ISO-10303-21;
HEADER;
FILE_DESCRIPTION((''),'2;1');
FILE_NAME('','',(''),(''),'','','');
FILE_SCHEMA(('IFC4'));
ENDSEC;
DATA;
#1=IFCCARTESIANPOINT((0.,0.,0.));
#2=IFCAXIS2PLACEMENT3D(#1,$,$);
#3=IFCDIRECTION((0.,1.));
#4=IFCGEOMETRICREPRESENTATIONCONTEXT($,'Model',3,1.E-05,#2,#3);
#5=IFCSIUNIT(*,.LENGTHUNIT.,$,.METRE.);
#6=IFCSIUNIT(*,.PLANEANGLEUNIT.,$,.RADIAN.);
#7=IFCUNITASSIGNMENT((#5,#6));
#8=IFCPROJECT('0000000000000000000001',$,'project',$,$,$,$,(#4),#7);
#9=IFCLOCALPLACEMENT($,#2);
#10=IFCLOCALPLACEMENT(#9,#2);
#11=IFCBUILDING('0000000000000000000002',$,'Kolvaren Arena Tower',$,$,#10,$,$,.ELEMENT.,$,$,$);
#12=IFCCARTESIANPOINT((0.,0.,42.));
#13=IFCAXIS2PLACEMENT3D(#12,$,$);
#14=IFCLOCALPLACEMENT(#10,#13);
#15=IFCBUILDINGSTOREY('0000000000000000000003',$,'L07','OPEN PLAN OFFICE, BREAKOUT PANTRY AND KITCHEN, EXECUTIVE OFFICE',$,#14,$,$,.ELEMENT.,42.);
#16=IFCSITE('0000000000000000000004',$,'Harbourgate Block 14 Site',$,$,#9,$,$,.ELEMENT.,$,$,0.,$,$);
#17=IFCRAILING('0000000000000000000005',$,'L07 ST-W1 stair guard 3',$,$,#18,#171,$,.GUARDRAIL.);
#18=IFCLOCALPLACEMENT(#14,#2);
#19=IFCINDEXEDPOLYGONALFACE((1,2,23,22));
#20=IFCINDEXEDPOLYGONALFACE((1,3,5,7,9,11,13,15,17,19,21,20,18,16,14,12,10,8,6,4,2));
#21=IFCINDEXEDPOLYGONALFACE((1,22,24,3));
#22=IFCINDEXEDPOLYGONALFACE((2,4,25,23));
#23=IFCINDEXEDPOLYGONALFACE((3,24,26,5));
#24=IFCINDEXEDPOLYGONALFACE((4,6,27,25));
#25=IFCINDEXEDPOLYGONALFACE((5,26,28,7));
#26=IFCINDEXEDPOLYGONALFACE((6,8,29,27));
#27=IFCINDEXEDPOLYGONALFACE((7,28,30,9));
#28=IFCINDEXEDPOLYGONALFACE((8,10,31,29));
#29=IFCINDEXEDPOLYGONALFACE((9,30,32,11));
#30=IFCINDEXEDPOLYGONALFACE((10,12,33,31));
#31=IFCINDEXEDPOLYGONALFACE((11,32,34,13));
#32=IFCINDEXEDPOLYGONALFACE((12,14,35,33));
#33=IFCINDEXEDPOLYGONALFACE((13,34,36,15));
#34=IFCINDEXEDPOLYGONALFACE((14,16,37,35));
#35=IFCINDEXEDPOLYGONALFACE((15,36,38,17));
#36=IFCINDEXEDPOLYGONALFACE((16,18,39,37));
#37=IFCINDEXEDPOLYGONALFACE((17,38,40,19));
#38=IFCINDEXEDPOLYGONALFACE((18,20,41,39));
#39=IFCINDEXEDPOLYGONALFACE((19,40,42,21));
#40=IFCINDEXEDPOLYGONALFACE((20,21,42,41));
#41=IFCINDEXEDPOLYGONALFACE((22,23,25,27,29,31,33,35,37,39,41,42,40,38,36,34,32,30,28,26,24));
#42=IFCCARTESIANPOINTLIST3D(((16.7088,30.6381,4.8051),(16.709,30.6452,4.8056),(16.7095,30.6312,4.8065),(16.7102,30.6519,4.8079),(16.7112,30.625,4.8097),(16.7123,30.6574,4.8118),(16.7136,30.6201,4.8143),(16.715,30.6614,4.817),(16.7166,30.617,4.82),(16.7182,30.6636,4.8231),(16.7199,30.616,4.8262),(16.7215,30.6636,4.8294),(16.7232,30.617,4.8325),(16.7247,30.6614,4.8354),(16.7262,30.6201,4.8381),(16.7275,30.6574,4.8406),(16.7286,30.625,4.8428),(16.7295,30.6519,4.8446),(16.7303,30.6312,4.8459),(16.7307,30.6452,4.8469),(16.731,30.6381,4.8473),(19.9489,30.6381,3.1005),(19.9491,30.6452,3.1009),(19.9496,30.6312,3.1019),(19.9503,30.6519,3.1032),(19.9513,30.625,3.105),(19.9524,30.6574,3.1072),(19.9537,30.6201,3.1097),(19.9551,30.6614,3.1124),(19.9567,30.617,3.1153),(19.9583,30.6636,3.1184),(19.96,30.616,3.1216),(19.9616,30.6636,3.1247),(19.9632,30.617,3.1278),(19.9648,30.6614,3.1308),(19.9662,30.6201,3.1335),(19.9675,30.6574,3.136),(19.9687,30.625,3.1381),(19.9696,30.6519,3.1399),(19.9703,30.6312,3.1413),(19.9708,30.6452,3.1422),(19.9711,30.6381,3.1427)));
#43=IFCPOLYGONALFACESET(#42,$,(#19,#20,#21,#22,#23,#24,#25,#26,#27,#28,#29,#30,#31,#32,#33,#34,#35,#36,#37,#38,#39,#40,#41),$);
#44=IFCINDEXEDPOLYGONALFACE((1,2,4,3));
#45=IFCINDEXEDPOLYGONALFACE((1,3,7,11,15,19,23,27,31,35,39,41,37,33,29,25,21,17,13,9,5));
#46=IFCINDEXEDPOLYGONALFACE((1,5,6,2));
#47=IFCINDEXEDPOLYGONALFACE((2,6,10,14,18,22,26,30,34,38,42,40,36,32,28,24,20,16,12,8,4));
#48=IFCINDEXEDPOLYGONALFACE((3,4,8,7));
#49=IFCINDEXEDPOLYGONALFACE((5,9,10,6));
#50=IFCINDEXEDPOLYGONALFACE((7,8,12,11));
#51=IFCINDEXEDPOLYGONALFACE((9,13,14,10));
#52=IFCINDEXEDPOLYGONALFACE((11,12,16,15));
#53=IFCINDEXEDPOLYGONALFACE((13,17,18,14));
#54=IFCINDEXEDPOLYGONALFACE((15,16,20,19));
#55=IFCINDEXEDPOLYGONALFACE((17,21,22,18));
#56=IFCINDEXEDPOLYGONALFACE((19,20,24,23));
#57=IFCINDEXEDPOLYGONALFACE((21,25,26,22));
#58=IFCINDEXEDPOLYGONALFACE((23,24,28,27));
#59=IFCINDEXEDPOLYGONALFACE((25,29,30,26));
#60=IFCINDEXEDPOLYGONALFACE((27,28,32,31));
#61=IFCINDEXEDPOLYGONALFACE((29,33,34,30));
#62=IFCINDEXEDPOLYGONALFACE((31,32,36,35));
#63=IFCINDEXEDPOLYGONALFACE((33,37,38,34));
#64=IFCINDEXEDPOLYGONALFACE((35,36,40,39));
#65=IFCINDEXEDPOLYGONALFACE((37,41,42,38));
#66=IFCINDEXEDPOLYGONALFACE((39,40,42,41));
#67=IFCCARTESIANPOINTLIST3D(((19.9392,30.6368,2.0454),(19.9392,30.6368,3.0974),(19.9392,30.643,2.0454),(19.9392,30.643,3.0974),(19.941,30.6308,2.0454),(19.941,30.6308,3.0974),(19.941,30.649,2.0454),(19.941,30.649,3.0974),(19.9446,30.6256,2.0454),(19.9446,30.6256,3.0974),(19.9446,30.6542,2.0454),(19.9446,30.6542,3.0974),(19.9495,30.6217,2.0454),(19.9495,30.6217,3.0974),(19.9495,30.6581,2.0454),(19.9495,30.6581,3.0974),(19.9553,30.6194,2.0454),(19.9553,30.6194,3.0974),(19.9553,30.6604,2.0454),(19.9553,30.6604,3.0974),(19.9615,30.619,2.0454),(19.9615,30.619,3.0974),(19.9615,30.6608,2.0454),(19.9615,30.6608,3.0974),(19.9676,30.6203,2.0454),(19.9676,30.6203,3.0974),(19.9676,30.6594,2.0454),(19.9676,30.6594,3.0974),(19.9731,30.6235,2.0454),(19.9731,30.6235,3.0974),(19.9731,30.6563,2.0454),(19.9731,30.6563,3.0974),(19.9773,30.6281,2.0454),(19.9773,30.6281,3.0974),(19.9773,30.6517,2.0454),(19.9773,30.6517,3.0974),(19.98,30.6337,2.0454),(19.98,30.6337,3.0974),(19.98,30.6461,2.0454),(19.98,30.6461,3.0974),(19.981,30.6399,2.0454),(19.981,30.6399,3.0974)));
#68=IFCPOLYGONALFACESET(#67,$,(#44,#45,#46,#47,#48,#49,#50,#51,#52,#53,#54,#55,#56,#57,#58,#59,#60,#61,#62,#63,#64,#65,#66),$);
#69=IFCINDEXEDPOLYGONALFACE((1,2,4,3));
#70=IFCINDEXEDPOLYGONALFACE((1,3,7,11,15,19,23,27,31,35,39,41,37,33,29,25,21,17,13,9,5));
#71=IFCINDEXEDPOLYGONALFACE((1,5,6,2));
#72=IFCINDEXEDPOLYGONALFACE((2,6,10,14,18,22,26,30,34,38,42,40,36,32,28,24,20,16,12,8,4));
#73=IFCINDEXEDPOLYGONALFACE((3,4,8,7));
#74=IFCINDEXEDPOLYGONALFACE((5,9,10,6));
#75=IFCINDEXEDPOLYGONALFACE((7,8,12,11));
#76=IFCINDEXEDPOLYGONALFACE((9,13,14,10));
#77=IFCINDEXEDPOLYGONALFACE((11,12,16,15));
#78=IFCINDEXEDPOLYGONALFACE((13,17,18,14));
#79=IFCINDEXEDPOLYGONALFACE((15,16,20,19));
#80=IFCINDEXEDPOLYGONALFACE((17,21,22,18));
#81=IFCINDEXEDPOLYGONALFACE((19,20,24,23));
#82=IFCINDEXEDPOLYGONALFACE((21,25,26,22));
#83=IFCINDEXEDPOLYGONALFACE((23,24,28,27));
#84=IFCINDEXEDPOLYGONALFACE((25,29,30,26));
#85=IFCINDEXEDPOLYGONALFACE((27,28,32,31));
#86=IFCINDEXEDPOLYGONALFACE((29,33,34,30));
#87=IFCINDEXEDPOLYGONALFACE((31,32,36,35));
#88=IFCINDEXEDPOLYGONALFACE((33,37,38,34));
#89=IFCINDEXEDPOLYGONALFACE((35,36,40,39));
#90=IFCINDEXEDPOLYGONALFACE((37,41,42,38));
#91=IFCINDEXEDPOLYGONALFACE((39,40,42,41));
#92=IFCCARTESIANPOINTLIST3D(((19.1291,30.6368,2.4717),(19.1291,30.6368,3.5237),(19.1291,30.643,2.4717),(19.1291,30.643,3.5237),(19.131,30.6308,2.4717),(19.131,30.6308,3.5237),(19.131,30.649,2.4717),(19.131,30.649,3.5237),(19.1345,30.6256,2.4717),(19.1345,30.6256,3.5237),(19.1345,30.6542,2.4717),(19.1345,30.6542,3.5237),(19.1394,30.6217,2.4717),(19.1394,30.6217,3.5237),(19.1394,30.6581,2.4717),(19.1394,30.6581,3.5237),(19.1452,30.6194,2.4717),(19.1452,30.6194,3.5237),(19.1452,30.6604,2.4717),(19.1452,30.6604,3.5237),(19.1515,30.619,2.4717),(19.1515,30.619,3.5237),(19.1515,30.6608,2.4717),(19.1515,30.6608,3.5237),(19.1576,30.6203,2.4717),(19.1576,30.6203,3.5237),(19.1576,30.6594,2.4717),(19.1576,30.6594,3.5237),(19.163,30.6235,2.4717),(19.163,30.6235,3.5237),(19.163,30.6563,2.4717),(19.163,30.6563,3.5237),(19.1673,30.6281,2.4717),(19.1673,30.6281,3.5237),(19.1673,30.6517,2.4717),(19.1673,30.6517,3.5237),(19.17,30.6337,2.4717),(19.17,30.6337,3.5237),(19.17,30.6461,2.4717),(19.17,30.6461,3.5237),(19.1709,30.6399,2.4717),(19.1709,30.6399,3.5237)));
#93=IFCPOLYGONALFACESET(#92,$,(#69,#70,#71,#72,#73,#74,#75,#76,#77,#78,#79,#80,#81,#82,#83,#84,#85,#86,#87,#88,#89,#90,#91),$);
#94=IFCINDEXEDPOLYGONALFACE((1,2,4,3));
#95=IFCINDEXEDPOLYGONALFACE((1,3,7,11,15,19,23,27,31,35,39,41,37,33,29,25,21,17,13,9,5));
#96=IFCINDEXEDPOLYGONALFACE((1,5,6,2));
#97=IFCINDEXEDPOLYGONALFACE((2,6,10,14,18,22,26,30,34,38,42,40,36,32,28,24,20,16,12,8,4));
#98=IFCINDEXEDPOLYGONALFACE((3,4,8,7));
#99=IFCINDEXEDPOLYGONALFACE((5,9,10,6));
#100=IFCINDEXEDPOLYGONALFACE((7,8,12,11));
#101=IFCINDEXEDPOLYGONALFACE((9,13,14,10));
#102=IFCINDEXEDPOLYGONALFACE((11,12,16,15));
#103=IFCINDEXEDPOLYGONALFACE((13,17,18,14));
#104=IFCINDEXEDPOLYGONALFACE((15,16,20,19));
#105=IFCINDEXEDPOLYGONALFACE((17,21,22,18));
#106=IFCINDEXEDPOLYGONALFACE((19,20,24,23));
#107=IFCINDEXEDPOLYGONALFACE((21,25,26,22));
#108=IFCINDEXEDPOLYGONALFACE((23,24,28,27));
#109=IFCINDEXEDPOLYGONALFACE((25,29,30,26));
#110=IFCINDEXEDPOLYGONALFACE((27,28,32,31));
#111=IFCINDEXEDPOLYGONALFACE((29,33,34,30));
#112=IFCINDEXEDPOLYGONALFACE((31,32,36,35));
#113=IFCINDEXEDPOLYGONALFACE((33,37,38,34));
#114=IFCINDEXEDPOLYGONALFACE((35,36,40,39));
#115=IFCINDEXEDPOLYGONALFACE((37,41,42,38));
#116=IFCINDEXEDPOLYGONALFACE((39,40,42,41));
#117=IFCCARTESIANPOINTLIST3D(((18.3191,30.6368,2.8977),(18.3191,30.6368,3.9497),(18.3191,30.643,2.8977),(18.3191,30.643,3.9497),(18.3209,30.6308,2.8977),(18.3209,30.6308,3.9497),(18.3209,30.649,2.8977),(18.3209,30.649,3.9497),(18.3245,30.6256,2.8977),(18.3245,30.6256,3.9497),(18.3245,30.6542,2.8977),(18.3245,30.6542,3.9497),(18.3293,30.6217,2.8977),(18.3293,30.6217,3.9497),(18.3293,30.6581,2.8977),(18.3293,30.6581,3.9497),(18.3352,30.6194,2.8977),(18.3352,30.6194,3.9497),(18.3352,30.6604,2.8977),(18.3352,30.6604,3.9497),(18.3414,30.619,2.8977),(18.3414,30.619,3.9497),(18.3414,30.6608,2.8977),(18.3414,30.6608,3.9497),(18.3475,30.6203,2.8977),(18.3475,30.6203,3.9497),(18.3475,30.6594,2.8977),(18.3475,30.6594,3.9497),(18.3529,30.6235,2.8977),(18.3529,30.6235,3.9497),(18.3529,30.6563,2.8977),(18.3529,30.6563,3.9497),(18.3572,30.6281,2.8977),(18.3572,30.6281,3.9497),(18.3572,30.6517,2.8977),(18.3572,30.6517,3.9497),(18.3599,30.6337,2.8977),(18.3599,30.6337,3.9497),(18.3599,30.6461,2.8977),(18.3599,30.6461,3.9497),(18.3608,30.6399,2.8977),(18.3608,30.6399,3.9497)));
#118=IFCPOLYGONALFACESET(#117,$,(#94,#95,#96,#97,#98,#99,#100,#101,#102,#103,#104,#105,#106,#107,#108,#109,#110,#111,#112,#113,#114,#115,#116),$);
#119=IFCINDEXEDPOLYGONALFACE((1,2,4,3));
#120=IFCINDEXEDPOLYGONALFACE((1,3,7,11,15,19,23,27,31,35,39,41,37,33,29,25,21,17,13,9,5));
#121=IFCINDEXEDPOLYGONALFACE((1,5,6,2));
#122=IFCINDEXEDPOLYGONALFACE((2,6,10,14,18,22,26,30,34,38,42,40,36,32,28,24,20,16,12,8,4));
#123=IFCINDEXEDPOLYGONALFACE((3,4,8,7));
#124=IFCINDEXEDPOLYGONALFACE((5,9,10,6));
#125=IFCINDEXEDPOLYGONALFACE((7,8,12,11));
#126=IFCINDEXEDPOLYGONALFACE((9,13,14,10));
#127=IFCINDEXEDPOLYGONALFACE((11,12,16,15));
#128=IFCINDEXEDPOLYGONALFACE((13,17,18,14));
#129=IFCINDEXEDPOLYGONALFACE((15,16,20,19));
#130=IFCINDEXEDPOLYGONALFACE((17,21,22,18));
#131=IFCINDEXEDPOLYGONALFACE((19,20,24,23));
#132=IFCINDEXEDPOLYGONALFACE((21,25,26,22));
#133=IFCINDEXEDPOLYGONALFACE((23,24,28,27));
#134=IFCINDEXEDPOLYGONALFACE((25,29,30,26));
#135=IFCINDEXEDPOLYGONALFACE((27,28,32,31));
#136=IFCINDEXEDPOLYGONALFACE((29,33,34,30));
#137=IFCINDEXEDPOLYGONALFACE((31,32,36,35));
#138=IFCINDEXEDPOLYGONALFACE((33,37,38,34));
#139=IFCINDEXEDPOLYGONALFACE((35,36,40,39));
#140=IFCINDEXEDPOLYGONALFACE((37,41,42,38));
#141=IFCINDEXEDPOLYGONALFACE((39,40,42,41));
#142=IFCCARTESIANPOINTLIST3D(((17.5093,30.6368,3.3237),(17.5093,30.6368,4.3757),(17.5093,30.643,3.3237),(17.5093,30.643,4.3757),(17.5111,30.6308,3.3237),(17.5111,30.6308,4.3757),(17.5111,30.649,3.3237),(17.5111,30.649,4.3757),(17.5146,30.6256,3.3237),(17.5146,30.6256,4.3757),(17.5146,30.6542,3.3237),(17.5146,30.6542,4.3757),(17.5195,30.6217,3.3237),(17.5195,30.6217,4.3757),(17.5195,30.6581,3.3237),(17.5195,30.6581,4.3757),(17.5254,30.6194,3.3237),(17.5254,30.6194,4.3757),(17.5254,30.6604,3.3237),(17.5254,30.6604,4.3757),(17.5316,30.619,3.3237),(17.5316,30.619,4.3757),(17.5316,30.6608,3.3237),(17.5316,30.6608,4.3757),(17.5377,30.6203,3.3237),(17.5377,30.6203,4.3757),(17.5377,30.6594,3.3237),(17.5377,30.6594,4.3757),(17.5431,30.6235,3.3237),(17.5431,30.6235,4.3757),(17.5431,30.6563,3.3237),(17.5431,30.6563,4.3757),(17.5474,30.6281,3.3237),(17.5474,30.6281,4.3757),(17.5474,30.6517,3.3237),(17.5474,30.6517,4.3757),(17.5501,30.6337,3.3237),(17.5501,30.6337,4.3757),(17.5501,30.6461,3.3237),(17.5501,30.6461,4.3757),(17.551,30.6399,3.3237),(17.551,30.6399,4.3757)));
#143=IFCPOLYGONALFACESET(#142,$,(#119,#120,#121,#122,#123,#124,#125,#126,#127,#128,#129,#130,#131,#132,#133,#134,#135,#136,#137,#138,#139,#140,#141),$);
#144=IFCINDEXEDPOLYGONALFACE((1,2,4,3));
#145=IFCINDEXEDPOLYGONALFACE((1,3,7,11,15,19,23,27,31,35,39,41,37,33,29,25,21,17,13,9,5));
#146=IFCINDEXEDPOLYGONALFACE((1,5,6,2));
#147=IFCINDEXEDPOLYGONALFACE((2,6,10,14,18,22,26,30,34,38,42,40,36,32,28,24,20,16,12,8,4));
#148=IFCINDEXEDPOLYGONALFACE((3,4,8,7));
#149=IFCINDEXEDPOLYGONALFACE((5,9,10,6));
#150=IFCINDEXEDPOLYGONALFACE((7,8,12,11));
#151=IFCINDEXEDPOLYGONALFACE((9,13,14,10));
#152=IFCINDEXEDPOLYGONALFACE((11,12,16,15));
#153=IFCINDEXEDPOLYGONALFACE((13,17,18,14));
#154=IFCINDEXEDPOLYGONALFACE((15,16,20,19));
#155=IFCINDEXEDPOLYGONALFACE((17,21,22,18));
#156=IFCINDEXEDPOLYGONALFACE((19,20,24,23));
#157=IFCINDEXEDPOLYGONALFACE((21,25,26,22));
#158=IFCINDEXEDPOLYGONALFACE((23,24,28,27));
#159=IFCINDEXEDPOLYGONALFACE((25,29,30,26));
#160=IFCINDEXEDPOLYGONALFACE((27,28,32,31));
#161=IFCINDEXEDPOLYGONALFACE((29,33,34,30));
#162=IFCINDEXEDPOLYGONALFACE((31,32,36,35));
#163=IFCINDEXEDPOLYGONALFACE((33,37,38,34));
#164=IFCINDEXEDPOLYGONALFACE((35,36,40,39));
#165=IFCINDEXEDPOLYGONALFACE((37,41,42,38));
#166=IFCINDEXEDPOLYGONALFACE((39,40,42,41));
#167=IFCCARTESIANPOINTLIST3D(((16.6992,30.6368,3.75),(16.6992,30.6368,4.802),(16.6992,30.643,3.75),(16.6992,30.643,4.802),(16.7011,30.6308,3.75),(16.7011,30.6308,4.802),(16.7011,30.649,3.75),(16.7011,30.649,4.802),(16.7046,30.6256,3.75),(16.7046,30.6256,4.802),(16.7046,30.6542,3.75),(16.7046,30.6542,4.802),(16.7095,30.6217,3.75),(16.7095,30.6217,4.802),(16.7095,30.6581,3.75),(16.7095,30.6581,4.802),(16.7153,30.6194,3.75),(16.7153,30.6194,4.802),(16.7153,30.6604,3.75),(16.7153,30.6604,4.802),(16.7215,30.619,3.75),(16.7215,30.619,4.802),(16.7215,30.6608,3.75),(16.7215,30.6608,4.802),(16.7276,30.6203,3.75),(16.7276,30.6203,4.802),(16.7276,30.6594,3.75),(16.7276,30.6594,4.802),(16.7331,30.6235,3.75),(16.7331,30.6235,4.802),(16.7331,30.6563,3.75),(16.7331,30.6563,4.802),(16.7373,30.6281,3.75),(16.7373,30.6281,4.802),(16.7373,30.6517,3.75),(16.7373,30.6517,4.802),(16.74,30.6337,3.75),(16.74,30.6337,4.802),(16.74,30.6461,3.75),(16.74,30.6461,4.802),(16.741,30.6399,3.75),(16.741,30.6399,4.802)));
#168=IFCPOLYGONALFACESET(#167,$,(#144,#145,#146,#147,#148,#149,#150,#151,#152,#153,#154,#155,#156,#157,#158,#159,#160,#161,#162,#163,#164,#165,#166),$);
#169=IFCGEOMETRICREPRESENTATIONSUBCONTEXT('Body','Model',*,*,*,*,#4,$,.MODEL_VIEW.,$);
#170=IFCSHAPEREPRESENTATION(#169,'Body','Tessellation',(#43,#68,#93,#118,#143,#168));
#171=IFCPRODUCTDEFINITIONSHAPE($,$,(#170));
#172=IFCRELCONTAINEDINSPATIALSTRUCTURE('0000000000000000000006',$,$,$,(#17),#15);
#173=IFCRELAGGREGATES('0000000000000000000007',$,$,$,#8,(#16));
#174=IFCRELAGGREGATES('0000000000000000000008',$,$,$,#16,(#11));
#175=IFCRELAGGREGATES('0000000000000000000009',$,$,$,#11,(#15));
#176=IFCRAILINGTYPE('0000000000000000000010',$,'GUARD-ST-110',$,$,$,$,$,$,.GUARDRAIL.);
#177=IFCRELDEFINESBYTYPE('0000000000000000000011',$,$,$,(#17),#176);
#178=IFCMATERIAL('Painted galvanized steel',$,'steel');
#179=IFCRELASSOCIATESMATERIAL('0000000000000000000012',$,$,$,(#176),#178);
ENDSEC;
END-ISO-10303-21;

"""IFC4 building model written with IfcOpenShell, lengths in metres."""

from ifc_helpers import new_model, si_unit, direction, frame, origin, origin_2d, place, context, subcontext, project, spatial, circle, extrude, material, type_object, element, save


model = new_model("IFC4")

# Units and contexts
model_context = context("Model", 3, precision=1e-05, world=origin(), true_north=direction((0.0, 1.0)))
body_context = subcontext(model_context, "Body", "Model", "MODEL_VIEW")
ifc_project = project(units=[si_unit("LENGTHUNIT", "METRE"), si_unit("PLANEANGLEUNIT", "RADIAN")], contexts=[model_context])

# Site, building, storey
site_placement = place(None, origin())
site = spatial("IfcSite", under=ifc_project, at=site_placement, Name="Harbourgate Block 14 Site", CompositionType="ELEMENT", RefElevation=0.0)
building_placement = place(site_placement, origin())
building = spatial("IfcBuilding", under=site, at=building_placement, Name="Kolvaren Arena Tower", CompositionType="ELEMENT")
storey_placement = place(building_placement, frame((0.0, 0.0, 42.0)))
storey = spatial("IfcBuildingStorey", under=building, at=storey_placement, Name="L07", Description="OPEN PLAN OFFICE, BREAKOUT PANTRY AND KITCHEN, EXECUTIVE OFFICE", CompositionType="ELEMENT", Elevation=42.0)

# Railing
ifc_material_1 = material(Name="Painted galvanized steel", Category="steel")
railing_type = type_object("IfcRailingType", Name="GUARD-ST-110", PredefinedType="GUARDRAIL", material=ifc_material_1)
railing_1_placement = place(storey_placement, frame((19.96, 30.6399, 2.0454)))
element("IfcRailing", 1, at=railing_1_placement, inside=storey, type_object=railing_type, Name="L07 ST-W1 stair guard 3", PredefinedType="GUARDRAIL", context=body_context, shape_type="SweptSolid", body=[
    extrude(circle(Radius=0.0239, at=origin_2d()), frame((0.0, 0.0, 1.0762), z_axis=(-0.884993, 0.0, 0.465604), x_axis=(0.0, -1.0, 0.0)), (0.0, 0.0, 1.0), 3.6611),
    extrude(circle(Radius=0.021, at=origin_2d()), origin(), (0.0, 0.0, 1.0), 1.052),
    extrude(circle(Radius=0.021, at=origin_2d()), frame((-0.8101, 0.0, 0.4263)), (0.0, 0.0, 1.0), 1.052),
    extrude(circle(Radius=0.021, at=origin_2d()), frame((-1.6201, 0.0, 0.8523)), (0.0, 0.0, 1.0), 1.052),
    extrude(circle(Radius=0.021, at=origin_2d()), frame((-2.4299, 0.0, 1.2783)), (0.0, 0.0, 1.0), 1.052),
    extrude(circle(Radius=0.021, at=origin_2d()), frame((-3.24, 0.0, 1.7046)), (0.0, 0.0, 1.0), 1.052),
])

save(model, "model.ifc")
